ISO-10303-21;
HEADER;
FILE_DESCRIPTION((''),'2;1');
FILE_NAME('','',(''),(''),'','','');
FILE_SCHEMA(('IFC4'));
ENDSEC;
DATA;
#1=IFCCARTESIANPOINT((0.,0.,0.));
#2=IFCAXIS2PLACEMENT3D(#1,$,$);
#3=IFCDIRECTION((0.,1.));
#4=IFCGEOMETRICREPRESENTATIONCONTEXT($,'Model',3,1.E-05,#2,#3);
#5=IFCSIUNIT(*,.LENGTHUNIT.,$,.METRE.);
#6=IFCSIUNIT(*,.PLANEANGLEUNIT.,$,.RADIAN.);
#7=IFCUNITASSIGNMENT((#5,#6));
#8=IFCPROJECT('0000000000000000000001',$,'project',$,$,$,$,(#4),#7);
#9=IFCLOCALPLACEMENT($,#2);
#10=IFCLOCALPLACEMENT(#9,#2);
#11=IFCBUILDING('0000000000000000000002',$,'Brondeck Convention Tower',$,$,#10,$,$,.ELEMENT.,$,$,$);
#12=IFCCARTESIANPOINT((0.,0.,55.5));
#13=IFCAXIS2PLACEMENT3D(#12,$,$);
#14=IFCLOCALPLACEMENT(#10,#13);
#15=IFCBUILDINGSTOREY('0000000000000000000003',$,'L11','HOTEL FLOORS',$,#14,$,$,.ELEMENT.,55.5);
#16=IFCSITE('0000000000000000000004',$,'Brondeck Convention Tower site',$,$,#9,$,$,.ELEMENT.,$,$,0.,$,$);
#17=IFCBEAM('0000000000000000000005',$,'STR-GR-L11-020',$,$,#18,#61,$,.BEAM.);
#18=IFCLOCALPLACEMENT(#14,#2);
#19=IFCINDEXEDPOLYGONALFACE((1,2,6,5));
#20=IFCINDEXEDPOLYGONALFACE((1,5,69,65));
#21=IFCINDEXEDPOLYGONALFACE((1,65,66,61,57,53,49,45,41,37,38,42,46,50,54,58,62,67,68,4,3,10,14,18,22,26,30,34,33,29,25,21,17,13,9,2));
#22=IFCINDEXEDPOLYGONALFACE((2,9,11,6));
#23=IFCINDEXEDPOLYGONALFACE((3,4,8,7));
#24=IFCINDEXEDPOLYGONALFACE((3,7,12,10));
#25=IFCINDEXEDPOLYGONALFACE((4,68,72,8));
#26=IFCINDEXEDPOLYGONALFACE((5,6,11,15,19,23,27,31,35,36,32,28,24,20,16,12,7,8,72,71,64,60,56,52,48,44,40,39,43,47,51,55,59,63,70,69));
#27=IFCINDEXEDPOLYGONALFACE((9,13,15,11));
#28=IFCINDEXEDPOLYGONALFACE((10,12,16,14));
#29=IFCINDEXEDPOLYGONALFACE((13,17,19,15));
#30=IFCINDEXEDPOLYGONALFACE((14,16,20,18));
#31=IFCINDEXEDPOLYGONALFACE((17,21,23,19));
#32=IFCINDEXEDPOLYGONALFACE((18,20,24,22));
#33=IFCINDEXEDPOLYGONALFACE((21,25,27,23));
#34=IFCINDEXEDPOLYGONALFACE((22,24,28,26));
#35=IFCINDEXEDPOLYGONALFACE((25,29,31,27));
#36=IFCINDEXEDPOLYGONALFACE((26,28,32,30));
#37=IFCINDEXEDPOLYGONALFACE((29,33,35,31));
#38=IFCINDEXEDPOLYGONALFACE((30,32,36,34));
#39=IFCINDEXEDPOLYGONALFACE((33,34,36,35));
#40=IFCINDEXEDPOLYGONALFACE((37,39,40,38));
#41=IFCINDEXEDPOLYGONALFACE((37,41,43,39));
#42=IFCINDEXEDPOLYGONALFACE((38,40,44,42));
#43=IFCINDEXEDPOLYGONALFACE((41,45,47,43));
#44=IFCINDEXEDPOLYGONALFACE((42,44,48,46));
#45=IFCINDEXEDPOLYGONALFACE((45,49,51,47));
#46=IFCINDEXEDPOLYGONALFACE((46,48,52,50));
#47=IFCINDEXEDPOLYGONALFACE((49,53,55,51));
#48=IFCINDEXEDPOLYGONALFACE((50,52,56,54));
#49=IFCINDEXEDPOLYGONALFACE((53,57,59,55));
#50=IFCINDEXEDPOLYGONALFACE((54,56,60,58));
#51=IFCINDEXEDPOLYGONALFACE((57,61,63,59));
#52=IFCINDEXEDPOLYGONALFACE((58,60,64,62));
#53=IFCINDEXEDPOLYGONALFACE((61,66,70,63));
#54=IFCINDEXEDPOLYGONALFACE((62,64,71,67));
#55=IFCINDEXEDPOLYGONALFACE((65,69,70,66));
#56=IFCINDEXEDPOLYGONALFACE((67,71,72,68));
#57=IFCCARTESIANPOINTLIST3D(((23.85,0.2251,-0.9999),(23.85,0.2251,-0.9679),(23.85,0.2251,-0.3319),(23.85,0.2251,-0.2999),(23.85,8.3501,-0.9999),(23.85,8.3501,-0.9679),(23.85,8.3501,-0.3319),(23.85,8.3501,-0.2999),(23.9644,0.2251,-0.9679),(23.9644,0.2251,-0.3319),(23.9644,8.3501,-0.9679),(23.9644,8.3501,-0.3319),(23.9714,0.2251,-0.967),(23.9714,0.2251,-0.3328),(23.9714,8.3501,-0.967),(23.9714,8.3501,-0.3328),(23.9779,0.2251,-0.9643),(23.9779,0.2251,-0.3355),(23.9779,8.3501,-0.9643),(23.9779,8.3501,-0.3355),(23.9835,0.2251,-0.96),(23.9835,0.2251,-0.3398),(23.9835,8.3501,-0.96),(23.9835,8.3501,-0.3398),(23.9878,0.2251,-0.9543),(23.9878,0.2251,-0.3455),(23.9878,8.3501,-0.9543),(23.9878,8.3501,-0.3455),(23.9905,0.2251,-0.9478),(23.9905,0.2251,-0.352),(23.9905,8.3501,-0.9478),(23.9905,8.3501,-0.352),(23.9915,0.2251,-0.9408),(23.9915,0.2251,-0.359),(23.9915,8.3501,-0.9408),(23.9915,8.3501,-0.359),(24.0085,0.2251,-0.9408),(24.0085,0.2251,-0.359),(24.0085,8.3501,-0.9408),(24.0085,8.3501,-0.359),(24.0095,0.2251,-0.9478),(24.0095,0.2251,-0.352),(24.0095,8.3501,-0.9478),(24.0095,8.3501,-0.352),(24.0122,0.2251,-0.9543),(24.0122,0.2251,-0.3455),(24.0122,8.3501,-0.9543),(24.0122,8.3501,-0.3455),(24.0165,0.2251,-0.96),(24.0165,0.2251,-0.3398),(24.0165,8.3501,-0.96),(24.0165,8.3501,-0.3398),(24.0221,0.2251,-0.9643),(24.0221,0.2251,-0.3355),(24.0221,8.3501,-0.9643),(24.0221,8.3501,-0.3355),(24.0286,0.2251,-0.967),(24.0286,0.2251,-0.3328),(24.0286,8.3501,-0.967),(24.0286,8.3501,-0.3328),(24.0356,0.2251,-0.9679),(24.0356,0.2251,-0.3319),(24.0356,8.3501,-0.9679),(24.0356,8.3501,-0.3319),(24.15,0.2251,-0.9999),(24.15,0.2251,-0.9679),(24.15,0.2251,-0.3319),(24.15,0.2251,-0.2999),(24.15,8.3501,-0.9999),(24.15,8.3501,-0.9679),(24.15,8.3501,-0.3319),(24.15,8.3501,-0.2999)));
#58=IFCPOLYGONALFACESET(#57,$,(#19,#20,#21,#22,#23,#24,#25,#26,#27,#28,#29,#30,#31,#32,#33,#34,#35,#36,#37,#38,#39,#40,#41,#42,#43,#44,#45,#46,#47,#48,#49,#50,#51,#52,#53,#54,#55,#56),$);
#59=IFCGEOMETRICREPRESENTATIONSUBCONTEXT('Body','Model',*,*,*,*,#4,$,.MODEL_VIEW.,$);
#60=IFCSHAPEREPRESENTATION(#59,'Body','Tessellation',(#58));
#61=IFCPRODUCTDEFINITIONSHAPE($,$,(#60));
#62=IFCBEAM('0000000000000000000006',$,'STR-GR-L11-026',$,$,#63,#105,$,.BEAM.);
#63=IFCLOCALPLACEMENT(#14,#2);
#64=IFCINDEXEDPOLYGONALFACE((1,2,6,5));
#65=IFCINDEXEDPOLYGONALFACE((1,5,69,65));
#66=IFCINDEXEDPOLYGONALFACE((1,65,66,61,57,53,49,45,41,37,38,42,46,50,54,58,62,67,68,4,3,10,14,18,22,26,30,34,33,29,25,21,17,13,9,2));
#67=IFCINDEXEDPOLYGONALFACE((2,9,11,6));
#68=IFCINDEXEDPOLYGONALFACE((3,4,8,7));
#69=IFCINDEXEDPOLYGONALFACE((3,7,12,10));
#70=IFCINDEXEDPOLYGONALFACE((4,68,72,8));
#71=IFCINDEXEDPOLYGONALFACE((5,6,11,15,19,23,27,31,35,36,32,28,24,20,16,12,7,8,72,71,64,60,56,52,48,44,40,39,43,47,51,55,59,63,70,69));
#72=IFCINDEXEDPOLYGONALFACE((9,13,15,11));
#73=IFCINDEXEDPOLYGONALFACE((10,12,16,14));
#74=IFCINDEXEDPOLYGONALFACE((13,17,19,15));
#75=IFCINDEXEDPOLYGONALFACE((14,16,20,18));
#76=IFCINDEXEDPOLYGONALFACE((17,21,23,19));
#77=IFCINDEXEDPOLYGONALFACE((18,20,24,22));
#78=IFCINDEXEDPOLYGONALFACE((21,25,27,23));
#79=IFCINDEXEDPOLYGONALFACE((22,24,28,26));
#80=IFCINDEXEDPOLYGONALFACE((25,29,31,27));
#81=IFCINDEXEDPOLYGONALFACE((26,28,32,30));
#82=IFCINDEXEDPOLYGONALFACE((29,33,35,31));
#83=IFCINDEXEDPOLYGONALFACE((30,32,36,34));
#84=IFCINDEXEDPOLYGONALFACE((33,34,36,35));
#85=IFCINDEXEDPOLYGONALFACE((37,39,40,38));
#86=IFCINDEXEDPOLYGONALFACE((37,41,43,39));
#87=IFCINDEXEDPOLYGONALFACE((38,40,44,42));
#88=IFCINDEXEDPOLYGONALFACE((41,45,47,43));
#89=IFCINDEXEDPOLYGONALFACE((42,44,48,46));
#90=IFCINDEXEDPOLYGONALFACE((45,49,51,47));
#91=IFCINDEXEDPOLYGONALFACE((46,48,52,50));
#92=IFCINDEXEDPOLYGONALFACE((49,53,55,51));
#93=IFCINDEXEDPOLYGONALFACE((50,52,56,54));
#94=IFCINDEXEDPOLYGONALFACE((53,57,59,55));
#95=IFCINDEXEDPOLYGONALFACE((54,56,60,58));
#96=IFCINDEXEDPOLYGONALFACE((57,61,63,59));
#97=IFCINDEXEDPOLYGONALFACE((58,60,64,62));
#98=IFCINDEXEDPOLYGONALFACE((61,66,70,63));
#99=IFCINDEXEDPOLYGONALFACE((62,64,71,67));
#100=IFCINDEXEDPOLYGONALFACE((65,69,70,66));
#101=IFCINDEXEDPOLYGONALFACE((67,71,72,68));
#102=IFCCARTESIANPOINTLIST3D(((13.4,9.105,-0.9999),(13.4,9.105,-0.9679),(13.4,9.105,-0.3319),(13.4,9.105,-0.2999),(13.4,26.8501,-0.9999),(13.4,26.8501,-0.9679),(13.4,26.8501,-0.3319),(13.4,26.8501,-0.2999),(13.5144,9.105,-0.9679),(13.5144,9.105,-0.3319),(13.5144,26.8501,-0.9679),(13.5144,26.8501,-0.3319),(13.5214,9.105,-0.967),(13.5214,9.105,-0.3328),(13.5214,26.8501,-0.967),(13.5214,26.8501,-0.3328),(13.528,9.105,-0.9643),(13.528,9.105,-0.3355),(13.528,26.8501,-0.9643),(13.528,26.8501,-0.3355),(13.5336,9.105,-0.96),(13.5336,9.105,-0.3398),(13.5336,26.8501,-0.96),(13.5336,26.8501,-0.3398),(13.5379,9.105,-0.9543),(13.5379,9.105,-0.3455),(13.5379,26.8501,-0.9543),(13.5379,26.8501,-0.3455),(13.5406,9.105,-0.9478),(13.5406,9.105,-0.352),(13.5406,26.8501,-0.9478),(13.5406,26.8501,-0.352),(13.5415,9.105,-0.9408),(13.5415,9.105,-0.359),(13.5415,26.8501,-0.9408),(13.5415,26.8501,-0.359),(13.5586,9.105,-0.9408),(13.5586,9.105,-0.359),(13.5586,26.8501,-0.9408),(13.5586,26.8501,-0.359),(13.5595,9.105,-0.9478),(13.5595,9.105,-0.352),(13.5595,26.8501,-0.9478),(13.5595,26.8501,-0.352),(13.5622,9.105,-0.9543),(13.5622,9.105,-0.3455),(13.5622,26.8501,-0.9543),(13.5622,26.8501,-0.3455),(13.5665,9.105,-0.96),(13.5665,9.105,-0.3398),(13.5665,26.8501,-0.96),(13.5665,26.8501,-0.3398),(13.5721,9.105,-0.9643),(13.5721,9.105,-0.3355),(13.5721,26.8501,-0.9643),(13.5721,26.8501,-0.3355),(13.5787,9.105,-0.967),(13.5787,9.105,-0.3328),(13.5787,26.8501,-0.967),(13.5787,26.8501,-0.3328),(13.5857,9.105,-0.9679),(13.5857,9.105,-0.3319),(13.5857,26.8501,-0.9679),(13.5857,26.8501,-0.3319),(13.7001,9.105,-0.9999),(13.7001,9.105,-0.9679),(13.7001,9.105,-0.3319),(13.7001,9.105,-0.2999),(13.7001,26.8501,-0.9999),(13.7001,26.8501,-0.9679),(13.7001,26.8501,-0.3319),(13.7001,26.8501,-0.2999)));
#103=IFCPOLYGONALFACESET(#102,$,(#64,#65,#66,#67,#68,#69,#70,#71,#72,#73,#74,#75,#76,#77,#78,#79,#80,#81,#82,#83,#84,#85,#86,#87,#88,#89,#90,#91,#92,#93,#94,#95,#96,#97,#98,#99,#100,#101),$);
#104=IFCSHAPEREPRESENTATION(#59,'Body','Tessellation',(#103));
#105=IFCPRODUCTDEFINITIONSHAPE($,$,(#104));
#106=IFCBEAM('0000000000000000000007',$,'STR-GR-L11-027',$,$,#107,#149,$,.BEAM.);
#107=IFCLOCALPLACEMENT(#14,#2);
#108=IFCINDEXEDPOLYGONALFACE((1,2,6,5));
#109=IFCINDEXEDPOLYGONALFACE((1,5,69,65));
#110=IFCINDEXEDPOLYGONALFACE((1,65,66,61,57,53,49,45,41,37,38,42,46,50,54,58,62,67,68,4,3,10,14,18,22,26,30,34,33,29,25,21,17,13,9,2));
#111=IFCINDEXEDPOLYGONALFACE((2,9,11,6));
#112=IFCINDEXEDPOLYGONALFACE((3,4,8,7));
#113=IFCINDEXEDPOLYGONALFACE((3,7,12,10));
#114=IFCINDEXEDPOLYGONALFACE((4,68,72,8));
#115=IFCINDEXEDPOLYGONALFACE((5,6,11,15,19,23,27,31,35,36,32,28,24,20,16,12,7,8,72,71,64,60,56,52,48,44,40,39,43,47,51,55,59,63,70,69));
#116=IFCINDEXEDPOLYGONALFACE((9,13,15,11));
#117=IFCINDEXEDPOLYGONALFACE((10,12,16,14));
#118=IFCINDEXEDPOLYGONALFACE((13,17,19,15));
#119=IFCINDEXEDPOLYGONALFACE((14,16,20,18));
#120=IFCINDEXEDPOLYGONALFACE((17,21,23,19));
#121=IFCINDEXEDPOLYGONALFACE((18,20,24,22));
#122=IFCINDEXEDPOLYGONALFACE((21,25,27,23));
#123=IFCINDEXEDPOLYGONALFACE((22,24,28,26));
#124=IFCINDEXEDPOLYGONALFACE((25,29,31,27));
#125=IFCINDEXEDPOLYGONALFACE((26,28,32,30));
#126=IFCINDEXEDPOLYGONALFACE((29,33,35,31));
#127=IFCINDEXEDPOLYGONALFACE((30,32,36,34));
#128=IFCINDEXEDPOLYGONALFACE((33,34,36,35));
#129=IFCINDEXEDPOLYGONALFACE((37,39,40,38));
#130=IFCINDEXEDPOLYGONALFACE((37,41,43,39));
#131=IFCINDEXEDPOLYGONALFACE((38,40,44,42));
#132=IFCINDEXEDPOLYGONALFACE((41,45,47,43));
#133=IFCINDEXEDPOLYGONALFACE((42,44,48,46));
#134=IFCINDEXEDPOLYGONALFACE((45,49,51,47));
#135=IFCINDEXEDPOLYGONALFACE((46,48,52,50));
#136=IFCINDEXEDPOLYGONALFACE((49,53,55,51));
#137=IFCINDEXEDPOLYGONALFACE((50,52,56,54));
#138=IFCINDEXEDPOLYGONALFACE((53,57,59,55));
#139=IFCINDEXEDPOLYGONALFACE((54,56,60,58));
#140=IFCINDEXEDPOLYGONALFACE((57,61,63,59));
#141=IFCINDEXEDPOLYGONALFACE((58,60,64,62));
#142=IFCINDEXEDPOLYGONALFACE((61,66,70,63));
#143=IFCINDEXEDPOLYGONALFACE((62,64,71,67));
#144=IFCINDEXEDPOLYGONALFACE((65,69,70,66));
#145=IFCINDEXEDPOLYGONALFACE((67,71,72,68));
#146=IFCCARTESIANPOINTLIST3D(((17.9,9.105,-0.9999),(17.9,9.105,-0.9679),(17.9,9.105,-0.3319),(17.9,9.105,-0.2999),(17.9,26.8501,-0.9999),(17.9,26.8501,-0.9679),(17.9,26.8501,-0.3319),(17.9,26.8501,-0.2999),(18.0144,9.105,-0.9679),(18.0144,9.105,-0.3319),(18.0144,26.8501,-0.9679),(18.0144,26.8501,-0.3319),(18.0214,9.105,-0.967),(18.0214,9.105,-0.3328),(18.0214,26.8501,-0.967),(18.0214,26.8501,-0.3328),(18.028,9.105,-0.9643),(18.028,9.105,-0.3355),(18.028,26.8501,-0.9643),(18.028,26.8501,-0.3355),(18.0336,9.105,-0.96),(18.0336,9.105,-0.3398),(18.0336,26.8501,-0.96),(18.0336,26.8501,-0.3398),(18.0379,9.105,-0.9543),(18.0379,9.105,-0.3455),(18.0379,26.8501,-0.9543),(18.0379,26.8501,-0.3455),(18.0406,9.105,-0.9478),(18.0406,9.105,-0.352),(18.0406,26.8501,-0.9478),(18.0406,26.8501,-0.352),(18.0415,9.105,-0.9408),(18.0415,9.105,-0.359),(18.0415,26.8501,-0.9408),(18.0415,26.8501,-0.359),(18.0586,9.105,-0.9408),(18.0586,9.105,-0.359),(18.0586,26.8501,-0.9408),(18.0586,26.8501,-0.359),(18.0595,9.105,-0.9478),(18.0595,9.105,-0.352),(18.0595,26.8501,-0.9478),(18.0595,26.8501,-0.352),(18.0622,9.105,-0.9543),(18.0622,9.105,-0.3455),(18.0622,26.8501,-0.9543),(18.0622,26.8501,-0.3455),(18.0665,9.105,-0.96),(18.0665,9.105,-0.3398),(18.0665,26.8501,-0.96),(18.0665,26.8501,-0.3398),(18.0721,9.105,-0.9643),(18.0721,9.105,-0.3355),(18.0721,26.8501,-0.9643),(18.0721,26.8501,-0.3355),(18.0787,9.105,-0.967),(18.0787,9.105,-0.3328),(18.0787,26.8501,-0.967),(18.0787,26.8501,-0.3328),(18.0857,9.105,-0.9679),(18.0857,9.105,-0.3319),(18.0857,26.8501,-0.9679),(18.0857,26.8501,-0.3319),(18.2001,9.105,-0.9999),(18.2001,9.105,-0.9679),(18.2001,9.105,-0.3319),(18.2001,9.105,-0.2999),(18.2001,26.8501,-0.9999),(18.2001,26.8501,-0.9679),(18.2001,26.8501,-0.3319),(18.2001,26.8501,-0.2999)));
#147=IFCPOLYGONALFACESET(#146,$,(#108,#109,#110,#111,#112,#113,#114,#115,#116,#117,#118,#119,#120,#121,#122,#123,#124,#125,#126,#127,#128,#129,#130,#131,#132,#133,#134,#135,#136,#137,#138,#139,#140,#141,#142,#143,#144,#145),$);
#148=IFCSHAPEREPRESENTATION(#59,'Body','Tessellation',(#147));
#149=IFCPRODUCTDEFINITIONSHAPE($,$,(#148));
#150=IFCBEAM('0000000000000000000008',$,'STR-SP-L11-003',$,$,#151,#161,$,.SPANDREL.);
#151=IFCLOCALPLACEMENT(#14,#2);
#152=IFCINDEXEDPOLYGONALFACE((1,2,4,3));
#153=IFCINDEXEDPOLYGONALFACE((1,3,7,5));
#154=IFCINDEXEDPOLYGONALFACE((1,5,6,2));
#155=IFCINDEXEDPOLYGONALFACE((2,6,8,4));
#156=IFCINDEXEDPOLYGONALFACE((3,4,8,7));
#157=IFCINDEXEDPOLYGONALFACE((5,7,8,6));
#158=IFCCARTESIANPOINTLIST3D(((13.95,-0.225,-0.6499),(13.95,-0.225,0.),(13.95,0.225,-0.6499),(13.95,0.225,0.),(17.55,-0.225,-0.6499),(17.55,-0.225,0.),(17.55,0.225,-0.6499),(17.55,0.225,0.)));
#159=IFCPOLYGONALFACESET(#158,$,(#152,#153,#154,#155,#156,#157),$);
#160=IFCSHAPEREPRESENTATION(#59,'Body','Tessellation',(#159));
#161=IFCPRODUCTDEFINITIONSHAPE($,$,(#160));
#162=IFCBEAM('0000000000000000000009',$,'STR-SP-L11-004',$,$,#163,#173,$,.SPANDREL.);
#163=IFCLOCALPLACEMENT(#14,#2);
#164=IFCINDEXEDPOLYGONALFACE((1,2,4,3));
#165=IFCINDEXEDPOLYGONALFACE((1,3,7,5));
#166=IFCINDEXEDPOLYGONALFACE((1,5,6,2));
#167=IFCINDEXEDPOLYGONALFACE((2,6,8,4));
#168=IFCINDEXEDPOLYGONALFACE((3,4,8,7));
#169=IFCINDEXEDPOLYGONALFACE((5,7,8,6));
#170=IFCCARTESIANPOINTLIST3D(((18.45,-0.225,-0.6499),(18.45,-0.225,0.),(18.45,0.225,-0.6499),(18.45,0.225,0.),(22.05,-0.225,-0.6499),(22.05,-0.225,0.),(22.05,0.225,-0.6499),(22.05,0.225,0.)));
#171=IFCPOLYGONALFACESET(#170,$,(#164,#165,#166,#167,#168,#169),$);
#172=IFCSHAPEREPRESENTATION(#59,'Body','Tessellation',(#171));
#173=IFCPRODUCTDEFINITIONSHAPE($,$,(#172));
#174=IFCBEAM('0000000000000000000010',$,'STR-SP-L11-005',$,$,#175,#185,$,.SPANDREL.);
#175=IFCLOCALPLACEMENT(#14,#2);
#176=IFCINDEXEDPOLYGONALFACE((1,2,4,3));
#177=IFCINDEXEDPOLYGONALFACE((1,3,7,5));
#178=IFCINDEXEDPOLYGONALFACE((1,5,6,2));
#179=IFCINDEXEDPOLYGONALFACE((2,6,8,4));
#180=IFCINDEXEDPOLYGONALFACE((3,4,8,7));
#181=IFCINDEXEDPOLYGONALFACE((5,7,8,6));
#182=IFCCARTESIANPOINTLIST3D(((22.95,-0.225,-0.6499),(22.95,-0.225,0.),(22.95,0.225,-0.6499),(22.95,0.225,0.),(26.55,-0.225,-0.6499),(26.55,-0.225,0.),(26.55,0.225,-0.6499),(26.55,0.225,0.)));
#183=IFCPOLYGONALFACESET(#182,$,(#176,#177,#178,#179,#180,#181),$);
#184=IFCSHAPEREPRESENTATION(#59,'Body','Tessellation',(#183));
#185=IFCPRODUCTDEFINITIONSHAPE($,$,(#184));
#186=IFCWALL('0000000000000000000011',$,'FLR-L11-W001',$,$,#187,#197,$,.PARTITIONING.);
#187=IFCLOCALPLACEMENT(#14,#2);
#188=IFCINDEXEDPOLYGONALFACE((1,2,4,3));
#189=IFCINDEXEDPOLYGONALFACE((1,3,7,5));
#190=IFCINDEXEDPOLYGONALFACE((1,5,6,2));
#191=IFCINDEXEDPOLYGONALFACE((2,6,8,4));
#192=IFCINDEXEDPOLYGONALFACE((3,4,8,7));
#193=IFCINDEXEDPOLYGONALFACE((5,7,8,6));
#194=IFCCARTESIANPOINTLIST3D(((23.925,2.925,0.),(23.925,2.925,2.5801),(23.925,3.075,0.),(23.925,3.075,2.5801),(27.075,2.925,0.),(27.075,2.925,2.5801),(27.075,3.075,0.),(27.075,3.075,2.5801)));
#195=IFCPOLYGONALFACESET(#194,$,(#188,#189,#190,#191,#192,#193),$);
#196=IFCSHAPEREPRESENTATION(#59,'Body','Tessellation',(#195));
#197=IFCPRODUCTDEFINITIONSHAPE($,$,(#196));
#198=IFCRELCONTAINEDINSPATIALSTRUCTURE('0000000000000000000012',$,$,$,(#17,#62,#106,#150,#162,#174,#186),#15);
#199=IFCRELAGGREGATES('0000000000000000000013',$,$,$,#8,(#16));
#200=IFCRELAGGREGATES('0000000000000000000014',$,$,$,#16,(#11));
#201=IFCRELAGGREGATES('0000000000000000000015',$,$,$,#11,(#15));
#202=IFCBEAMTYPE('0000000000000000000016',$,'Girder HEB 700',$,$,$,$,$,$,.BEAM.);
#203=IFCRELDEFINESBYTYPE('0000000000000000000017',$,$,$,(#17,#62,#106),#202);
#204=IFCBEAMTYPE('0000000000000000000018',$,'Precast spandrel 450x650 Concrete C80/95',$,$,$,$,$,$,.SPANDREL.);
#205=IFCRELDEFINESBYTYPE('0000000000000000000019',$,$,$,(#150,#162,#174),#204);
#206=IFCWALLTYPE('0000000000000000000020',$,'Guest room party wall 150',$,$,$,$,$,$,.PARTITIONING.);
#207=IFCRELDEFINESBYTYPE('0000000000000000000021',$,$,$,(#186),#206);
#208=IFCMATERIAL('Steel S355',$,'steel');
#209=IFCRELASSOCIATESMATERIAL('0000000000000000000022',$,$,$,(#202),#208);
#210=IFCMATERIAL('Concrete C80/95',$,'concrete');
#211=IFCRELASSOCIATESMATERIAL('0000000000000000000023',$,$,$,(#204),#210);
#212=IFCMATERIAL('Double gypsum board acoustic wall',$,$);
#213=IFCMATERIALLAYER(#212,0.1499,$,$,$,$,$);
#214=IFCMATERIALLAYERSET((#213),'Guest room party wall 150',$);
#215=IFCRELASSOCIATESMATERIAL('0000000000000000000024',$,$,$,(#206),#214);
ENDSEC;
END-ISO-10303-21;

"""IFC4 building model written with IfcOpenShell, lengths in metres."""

from ifc_helpers import new_model, si_unit, direction, frame, frame_2d, origin, origin_2d, place, context, subcontext, project, spatial, rectangle, i_section, extrude, material, layer, layer_set, material_profile, profile_set, type_object, element, save


model = new_model("IFC4")

# Units and contexts
model_context = context("Model", 3, precision=1e-05, world=origin(), true_north=direction((0.0, 1.0)))
body_context = subcontext(model_context, "Body", "Model", "MODEL_VIEW")
ifc_project = project(units=[si_unit("LENGTHUNIT", "METRE"), si_unit("PLANEANGLEUNIT", "RADIAN")], contexts=[model_context])

# Site, building, storey
site_placement = place(None, origin())
site = spatial("IfcSite", under=ifc_project, at=site_placement, Name="Brondeck Convention Tower site", CompositionType="ELEMENT", RefElevation=0.0)
building_placement = place(site_placement, origin())
building = spatial("IfcBuilding", under=site, at=building_placement, Name="Brondeck Convention Tower", CompositionType="ELEMENT")
storey_placement = place(building_placement, frame((0.0, 0.0, 55.5)))
storey = spatial("IfcBuildingStorey", under=building, at=storey_placement, Name="L11", Description="HOTEL FLOORS", CompositionType="ELEMENT", Elevation=55.5)

# Shared definitions
ifc_material_1 = material(Name="Concrete C80/95", Category="concrete")

# Beams
ifc_material_2 = material(Name="Steel S355", Category="steel")
ifc_material_profile_1 = material_profile(ifc_material_2, i_section(OverallWidth=0.3, OverallDepth=0.7, WebThickness=0.0171, FlangeThickness=0.032, FilletRadius=0.0271, at=origin_2d()), Name="HEB 700")
ifc_profile_set_1 = profile_set([ifc_material_profile_1], Name="Steel S355")
beam_type_1 = type_object("IfcBeamType", Name="Girder HEB 700", PredefinedType="BEAM", material=ifc_profile_set_1)
beam_1_placement = place(storey_placement, frame((24.0, 8.3501, -0.6499), z_axis=(0.0, -1.0, 0.0), x_axis=(1.0, 0.0, 0.0)))
element("IfcBeam", 1, at=beam_1_placement, inside=storey, type_object=beam_type_1, Name="STR-GR-L11-020", PredefinedType="BEAM", context=body_context, shape_type="SweptSolid", body=[
    extrude(i_section(OverallWidth=0.3, OverallDepth=0.7, WebThickness=0.0171, FlangeThickness=0.032, FilletRadius=0.0271, at=origin_2d()), origin(), (0.0, 0.0, 1.0), 8.125),
])
for number, where, z_axis, x_axis, name in (
    (2, (13.55, 9.105, -0.6499), (0.0, 1.0, 0.0), (-1.0, 0.0, 0.0), "STR-GR-L11-026"),
    (3, (18.05, 9.105, -0.6499), (0.0, 1.0, 0.0), (-1.0, 0.0, 0.0), "STR-GR-L11-027"),
):
    element("IfcBeam", number, at=place(storey_placement, frame(where, z_axis=z_axis, x_axis=x_axis)), inside=storey, type_object=beam_type_1, Name=name, PredefinedType="BEAM", context=body_context, shape_type="SweptSolid", body=[
        extrude(i_section(OverallWidth=0.3, OverallDepth=0.7, WebThickness=0.0171, FlangeThickness=0.032, FilletRadius=0.0271, at=origin_2d()), origin(), (0.0, 0.0, 1.0), 17.7451),
    ])
ifc_material_profile_2 = material_profile(ifc_material_1, rectangle(XDim=0.45, YDim=0.6499, at=origin_2d()), Name="Precast spandrel 450x650 Concrete C80/95")
ifc_profile_set_2 = profile_set([ifc_material_profile_2], Name="Concrete C80/95")
beam_type_2 = type_object("IfcBeamType", Name="Precast spandrel 450x650 Concrete C80/95", PredefinedType="SPANDREL", material=ifc_profile_set_2)
for number, where, z_axis, x_axis, name in (
    (4, (13.95, 0.0, -0.325), (1.0, 0.0, 0.0), (0.0, 1.0, 0.0), "STR-SP-L11-003"),
    (5, (18.45, 0.0, -0.325), (1.0, 0.0, 0.0), (0.0, 1.0, 0.0), "STR-SP-L11-004"),
    (6, (22.95, 0.0, -0.325), (1.0, 0.0, 0.0), (0.0, 1.0, 0.0), "STR-SP-L11-005"),
):
    element("IfcBeam", number, at=place(storey_placement, frame(where, z_axis=z_axis, x_axis=x_axis)), inside=storey, type_object=beam_type_2, Name=name, PredefinedType="SPANDREL", context=body_context, shape_type="SweptSolid", body=[
        extrude(rectangle(XDim=0.45, YDim=0.6499, at=origin_2d()), origin(), (0.0, 0.0, 1.0), 3.6001),
    ])

# Wall
ifc_material_3 = material(Name="Double gypsum board acoustic wall")
ifc_layer_1 = layer(ifc_material_3, 0.1499)
ifc_layer_set_1 = layer_set([ifc_layer_1], Name="Guest room party wall 150")
wall_type_1 = type_object("IfcWallType", Name="Guest room party wall 150", PredefinedType="PARTITIONING", material=ifc_layer_set_1)
wall_1_placement = place(storey_placement, frame((23.925, 3.0, 0.0), z_axis=(0.0, 0.0, 1.0), x_axis=(1.0, 0.0, 0.0)))
element("IfcWall", 7, at=wall_1_placement, inside=storey, type_object=wall_type_1, Name="FLR-L11-W001", PredefinedType="PARTITIONING", context=body_context, shape_type="SweptSolid", body=[
    extrude(rectangle(XDim=3.1499, YDim=0.1499, at=frame_2d((1.575, 0.0))), origin(), (0.0, 0.0, 1.0), 2.5801),
])

save(model, "model.ifc")
